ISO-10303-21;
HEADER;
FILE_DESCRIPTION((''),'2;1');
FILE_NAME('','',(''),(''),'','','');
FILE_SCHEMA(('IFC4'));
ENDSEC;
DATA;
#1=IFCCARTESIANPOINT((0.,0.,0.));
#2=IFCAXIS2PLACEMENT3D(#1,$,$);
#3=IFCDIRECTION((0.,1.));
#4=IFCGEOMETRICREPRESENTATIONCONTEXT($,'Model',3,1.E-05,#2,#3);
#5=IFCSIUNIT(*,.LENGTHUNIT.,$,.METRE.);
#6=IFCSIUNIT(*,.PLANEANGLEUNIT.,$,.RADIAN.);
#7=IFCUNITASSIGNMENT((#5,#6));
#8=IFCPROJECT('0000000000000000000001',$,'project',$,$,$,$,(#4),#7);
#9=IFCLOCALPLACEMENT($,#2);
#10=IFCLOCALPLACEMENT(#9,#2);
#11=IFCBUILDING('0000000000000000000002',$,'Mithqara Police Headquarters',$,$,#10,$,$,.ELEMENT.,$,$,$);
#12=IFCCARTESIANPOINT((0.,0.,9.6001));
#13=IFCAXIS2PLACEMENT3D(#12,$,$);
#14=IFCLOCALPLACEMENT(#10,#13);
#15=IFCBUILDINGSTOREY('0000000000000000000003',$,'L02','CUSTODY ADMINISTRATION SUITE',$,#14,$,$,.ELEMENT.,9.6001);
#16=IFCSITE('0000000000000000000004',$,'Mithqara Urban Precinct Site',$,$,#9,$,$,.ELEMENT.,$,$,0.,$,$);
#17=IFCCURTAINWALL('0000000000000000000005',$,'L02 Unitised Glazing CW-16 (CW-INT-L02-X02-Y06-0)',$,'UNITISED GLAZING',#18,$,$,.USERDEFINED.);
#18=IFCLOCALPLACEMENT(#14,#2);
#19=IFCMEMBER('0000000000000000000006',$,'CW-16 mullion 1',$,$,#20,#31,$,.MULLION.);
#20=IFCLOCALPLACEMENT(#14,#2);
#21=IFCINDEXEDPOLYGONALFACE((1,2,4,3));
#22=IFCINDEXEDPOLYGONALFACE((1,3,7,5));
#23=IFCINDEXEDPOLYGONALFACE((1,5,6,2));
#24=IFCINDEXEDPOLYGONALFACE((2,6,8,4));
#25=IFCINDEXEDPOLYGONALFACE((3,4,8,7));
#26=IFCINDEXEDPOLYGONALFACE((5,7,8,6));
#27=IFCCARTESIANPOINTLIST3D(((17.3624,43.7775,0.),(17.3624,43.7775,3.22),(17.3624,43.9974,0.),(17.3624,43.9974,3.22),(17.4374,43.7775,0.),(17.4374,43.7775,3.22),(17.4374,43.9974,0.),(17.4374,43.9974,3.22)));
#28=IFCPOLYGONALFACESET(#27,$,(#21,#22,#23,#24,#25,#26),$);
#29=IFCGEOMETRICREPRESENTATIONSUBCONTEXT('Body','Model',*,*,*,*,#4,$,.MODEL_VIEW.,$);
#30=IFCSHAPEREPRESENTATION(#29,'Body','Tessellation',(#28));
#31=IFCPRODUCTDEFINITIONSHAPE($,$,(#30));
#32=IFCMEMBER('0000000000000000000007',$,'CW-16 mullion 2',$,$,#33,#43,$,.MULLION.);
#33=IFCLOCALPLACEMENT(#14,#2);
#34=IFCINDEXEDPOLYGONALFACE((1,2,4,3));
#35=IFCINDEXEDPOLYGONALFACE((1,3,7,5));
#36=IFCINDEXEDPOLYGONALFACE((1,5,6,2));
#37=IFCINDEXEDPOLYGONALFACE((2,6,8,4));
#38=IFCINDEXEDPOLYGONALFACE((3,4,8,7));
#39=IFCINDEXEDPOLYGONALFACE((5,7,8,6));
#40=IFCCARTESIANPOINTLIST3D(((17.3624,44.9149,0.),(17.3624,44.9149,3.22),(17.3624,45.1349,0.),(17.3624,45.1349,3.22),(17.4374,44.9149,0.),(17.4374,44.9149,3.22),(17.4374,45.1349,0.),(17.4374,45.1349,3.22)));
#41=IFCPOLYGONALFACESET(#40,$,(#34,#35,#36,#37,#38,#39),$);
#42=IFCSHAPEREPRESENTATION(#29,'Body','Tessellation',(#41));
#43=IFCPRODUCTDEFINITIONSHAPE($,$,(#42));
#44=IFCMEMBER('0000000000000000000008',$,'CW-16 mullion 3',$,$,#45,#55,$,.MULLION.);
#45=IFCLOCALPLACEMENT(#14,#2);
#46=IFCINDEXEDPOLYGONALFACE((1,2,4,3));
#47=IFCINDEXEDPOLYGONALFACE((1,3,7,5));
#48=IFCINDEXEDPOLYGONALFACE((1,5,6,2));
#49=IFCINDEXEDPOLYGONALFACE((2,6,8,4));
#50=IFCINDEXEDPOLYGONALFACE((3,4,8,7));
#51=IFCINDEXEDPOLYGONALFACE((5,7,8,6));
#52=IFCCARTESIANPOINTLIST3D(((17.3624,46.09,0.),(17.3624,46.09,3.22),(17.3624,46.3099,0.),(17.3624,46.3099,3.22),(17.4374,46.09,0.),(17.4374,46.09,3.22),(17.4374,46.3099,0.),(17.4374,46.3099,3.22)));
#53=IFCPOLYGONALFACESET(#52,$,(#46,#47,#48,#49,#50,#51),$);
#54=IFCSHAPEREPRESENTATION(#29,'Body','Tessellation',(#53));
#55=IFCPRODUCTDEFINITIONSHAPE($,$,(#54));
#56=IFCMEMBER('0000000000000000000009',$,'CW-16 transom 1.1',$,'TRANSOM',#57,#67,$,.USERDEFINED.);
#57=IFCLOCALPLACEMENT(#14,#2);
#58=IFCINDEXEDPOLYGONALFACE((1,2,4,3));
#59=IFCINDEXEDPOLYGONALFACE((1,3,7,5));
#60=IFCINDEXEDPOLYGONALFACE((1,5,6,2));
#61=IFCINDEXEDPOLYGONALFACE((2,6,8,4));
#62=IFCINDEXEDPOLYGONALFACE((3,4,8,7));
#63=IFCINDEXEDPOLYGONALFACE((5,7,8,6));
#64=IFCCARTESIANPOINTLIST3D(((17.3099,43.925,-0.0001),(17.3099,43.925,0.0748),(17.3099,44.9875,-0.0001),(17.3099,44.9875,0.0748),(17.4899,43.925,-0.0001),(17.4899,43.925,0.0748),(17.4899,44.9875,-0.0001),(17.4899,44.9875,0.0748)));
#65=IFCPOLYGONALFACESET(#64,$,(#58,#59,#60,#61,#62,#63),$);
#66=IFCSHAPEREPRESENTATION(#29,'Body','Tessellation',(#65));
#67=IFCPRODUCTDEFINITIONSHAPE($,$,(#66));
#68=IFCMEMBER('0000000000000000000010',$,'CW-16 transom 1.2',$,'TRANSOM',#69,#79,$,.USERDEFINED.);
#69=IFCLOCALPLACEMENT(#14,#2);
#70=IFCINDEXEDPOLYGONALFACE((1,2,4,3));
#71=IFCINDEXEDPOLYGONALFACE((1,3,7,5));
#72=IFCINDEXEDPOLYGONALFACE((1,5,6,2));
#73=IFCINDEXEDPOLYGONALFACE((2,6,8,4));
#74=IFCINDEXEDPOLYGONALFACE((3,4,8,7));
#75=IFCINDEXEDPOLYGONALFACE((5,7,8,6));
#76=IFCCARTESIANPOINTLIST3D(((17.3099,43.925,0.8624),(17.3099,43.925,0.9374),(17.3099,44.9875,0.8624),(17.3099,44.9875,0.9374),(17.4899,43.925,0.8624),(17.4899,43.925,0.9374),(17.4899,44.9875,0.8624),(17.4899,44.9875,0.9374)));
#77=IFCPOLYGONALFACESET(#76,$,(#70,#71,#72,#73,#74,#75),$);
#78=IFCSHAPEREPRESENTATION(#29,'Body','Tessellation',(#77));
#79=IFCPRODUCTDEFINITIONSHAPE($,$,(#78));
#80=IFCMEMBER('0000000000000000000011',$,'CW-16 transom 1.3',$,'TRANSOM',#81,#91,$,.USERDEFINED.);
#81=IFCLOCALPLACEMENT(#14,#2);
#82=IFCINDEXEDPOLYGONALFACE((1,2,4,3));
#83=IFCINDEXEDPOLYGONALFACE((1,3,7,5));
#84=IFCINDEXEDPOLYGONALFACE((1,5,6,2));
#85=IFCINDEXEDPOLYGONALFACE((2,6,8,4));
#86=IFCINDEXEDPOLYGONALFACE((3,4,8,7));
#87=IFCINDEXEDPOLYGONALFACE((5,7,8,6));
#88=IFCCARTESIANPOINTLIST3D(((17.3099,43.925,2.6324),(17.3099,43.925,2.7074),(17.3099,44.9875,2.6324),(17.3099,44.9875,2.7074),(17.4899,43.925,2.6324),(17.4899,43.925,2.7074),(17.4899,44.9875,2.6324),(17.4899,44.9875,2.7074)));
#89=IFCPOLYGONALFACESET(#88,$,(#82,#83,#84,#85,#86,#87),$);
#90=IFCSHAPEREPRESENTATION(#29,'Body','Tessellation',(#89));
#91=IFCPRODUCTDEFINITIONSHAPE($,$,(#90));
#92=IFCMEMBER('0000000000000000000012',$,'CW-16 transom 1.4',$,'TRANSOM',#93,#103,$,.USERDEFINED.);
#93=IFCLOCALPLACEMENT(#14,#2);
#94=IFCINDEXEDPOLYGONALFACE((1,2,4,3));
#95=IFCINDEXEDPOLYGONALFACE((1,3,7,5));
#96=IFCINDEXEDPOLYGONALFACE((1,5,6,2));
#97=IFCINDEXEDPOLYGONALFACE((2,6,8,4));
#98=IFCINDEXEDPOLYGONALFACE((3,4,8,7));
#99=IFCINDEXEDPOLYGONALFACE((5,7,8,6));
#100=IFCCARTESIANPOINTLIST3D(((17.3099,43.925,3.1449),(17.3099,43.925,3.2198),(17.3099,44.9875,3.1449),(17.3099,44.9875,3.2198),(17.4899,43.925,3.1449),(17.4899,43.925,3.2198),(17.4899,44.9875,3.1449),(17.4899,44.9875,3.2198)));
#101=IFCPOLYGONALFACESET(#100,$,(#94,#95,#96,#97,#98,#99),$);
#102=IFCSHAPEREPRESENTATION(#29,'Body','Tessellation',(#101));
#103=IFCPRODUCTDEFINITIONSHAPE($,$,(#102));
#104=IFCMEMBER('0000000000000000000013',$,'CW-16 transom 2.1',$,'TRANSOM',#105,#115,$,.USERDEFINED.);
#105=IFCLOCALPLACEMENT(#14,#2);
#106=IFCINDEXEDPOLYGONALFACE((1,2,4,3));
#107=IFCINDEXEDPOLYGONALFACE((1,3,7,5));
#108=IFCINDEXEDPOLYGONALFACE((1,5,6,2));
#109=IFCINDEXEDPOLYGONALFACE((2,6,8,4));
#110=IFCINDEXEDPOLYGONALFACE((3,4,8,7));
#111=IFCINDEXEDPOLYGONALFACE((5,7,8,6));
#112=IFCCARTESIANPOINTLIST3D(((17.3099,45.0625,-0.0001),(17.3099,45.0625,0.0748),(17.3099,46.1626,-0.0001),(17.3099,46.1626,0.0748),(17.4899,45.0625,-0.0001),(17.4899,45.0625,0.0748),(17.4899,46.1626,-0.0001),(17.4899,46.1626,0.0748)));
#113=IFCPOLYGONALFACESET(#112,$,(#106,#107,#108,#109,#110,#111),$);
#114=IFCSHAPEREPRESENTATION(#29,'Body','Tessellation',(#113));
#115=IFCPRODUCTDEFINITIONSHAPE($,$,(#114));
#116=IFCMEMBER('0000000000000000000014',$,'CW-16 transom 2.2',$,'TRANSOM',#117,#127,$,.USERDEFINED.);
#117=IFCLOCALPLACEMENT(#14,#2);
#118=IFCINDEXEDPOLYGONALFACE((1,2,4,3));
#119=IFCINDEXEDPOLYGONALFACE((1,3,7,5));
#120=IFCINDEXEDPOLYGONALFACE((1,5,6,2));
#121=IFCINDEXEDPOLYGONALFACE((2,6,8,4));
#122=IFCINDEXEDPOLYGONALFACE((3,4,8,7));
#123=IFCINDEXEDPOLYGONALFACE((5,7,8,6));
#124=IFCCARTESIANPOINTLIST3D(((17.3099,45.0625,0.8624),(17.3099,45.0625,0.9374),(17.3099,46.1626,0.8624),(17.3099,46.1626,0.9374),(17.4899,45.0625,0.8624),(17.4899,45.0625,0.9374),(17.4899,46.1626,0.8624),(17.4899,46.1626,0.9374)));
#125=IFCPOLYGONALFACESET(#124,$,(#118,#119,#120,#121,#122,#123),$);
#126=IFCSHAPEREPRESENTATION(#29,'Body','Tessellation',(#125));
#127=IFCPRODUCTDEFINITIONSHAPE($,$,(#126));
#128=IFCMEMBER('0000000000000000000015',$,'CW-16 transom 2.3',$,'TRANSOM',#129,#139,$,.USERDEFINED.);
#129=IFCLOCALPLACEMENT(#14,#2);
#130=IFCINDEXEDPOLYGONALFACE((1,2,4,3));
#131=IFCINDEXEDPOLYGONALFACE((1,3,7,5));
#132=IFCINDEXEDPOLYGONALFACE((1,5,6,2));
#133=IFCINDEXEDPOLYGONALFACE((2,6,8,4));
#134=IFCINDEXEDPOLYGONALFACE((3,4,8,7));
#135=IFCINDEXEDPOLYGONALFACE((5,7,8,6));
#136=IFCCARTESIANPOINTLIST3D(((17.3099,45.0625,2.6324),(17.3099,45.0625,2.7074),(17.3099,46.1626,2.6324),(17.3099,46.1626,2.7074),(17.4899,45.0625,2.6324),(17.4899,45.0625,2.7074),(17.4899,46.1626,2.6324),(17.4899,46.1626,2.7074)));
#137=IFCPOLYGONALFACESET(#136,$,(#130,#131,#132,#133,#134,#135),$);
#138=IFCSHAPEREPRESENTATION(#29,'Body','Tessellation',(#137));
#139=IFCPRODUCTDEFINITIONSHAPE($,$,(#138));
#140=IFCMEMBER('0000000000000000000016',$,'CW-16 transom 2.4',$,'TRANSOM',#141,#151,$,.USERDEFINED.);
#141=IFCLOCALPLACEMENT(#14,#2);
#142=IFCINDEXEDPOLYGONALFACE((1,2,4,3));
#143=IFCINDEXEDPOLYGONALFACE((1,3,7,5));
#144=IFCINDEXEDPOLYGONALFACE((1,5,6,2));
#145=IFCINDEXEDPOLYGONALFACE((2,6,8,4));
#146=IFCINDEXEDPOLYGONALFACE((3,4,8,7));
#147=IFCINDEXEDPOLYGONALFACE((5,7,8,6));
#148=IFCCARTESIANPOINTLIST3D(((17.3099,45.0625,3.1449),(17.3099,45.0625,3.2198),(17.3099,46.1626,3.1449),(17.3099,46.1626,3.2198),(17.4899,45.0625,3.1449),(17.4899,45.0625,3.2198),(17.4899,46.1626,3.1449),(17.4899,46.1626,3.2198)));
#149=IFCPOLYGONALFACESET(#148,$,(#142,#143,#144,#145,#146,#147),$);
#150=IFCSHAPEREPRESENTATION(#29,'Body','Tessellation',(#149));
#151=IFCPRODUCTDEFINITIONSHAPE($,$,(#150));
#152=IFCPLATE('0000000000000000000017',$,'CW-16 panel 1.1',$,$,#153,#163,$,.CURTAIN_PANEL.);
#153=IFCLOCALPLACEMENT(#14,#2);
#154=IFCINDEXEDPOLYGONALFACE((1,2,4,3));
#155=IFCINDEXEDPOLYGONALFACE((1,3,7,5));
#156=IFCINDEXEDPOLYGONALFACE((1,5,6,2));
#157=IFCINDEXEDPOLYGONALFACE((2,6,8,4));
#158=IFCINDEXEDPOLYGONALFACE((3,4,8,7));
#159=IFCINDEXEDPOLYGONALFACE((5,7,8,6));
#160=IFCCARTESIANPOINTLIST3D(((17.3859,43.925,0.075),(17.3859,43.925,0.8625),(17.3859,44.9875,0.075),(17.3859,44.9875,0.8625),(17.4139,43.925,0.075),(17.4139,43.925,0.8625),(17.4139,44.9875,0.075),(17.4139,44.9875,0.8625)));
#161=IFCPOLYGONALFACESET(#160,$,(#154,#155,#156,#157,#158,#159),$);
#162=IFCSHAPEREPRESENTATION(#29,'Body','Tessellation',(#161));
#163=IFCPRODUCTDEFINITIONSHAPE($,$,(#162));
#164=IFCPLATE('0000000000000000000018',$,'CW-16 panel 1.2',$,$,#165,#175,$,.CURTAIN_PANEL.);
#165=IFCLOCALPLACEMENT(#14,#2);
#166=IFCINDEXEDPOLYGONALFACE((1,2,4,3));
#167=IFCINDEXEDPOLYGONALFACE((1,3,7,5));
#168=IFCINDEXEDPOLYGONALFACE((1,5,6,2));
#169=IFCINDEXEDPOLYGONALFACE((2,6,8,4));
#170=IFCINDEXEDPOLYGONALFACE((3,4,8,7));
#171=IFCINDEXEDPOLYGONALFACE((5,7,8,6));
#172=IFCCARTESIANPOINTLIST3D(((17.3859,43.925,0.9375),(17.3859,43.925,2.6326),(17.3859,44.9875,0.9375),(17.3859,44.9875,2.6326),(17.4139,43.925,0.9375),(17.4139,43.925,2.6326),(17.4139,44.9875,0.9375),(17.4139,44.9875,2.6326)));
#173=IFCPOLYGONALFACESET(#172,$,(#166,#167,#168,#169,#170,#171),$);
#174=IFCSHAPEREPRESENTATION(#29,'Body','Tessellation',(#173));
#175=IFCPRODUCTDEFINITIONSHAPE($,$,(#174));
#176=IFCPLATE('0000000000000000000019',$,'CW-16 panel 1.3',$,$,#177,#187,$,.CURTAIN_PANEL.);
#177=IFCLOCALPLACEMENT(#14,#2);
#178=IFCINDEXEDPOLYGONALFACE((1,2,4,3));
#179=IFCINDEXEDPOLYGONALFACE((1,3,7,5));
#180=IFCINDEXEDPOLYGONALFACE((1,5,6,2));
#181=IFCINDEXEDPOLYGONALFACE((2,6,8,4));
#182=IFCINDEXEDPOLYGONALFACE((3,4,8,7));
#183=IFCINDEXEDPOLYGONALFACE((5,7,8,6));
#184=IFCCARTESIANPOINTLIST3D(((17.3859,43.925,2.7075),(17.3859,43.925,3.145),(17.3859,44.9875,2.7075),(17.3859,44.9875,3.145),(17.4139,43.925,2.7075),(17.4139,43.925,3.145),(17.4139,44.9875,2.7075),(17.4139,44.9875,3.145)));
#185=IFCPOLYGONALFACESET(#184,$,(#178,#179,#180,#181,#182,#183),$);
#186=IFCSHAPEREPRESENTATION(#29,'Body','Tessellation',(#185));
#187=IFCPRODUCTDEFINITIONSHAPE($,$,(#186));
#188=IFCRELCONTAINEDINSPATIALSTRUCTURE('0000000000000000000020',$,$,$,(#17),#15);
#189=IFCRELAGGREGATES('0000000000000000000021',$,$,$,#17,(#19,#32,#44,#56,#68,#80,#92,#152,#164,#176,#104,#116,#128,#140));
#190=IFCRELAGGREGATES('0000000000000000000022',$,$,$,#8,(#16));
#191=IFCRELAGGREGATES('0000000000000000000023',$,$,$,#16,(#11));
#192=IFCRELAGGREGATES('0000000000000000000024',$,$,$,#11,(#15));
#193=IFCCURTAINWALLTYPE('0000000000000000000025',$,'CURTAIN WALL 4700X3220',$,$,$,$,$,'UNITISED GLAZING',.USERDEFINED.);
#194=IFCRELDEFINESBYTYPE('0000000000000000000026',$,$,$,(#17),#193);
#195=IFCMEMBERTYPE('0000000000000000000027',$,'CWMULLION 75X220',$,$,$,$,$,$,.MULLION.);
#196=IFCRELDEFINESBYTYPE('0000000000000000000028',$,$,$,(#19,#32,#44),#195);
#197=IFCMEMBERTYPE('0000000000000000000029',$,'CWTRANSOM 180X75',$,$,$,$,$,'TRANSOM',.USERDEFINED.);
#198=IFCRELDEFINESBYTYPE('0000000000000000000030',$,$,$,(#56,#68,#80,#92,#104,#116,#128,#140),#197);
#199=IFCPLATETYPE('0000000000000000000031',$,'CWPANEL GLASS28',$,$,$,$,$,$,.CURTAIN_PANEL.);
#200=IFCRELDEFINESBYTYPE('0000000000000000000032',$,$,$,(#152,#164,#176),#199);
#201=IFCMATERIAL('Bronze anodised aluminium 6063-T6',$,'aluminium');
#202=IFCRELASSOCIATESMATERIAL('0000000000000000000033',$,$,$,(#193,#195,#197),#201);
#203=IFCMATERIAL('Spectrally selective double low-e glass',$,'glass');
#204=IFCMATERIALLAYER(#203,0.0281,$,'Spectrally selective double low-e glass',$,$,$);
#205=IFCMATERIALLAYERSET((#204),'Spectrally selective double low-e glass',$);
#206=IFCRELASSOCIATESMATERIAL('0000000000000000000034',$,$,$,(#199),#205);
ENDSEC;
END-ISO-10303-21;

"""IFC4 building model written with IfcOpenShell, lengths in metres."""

from ifc_helpers import new_model, si_unit, direction, frame, origin, origin_2d, place, context, subcontext, project, spatial, rectangle, extrude, material, layer, layer_set, material_profile, profile_set, type_object, element, aggregate, save


model = new_model("IFC4")

# Units and contexts
model_context = context("Model", 3, precision=1e-05, world=origin(), true_north=direction((0.0, 1.0)))
body_context = subcontext(model_context, "Body", "Model", "MODEL_VIEW")
ifc_project = project(units=[si_unit("LENGTHUNIT", "METRE"), si_unit("PLANEANGLEUNIT", "RADIAN")], contexts=[model_context])

# Site, building, storey
site_placement = place(None, origin())
site = spatial("IfcSite", under=ifc_project, at=site_placement, Name="Mithqara Urban Precinct Site", CompositionType="ELEMENT", RefElevation=0.0)
building_placement = place(site_placement, origin())
building = spatial("IfcBuilding", under=site, at=building_placement, Name="Mithqara Police Headquarters", CompositionType="ELEMENT")
storey_placement = place(building_placement, frame((0.0, 0.0, 9.6001)))
storey = spatial("IfcBuildingStorey", under=building, at=storey_placement, Name="L02", Description="CUSTODY ADMINISTRATION SUITE", CompositionType="ELEMENT", Elevation=9.6001)

# Curtain wall, members, plates
ifc_material_1 = material(Name="Bronze anodised aluminium 6063-T6", Category="aluminium")
curtain_wall_type = type_object("IfcCurtainWallType", Name="CURTAIN WALL 4700X3220", ElementType="UNITISED GLAZING", PredefinedType="USERDEFINED", material=ifc_material_1)
curtain_wall_placement = place(storey_placement, origin())
curtain_wall = element("IfcCurtainWall", 1, at=curtain_wall_placement, inside=storey, type_object=curtain_wall_type, Name="L02 Unitised Glazing CW-16 (CW-INT-L02-X02-Y06-0)", ObjectType="UNITISED GLAZING", PredefinedType="USERDEFINED")
ifc_material_profile_1 = material_profile(ifc_material_1, rectangle(XDim=0.075, YDim=0.22, at=origin_2d()), Name="CWM 75x220")
ifc_profile_set_1 = profile_set([ifc_material_profile_1], Name="Bronze anodised aluminium 6063-T6")
member_type_1 = type_object("IfcMemberType", Name="CWMULLION 75X220", PredefinedType="MULLION", material=ifc_profile_set_1)
member_1_placement = place(storey_placement, frame((17.3999, 43.8875, 0.0), z_axis=(0.0, 0.0, 1.0), x_axis=(-1.0, 0.0, 0.0)))
member_1 = element("IfcMember", 2, at=member_1_placement, type_object=member_type_1, Name="CW-16 mullion 1", PredefinedType="MULLION", context=body_context, shape_type="SweptSolid", body=[
    extrude(rectangle(XDim=0.075, YDim=0.22, at=origin_2d()), origin(), (0.0, 0.0, 1.0), 3.22),
])
member_2_placement = place(storey_placement, frame((17.3999, 45.0249, 0.0), z_axis=(0.0, 0.0, 1.0), x_axis=(-1.0, 0.0, 0.0)))
member_2 = element("IfcMember", 3, at=member_2_placement, type_object=member_type_1, Name="CW-16 mullion 2", PredefinedType="MULLION", context=body_context, shape_type="SweptSolid", body=[
    extrude(rectangle(XDim=0.075, YDim=0.22, at=origin_2d()), origin(), (0.0, 0.0, 1.0), 3.22),
])
member_3_placement = place(storey_placement, frame((17.3999, 46.2, 0.0), z_axis=(0.0, 0.0, 1.0), x_axis=(-1.0, 0.0, 0.0)))
member_3 = element("IfcMember", 4, at=member_3_placement, type_object=member_type_1, Name="CW-16 mullion 3", PredefinedType="MULLION", context=body_context, shape_type="SweptSolid", body=[
    extrude(rectangle(XDim=0.075, YDim=0.22, at=origin_2d()), origin(), (0.0, 0.0, 1.0), 3.22),
])
ifc_material_profile_2 = material_profile(ifc_material_1, rectangle(XDim=0.1799, YDim=0.075, at=origin_2d()), Name="CWT 180x75")
ifc_profile_set_2 = profile_set([ifc_material_profile_2], Name="Bronze anodised aluminium 6063-T6")
member_type_2 = type_object("IfcMemberType", Name="CWTRANSOM 180X75", ElementType="TRANSOM", PredefinedType="USERDEFINED", material=ifc_profile_set_2)
member_4_placement = place(storey_placement, frame((17.3999, 43.925, 0.0374), z_axis=(0.0, 1.0, 0.0), x_axis=(-1.0, 0.0, 0.0)))
member_4 = element("IfcMember", 5, at=member_4_placement, type_object=member_type_2, Name="CW-16 transom 1.1", ObjectType="TRANSOM", PredefinedType="USERDEFINED", context=body_context, shape_type="SweptSolid", body=[
    extrude(rectangle(XDim=0.1799, YDim=0.075, at=origin_2d()), origin(), (0.0, 0.0, 1.0), 1.0625),
])
member_5_placement = place(storey_placement, frame((17.3999, 43.925, 0.8999), z_axis=(0.0, 1.0, 0.0), x_axis=(-1.0, 0.0, 0.0)))
member_5 = element("IfcMember", 6, at=member_5_placement, type_object=member_type_2, Name="CW-16 transom 1.2", ObjectType="TRANSOM", PredefinedType="USERDEFINED", context=body_context, shape_type="SweptSolid", body=[
    extrude(rectangle(XDim=0.1799, YDim=0.075, at=origin_2d()), origin(), (0.0, 0.0, 1.0), 1.0625),
])
member_6_placement = place(storey_placement, frame((17.3999, 43.925, 2.6699), z_axis=(0.0, 1.0, 0.0), x_axis=(-1.0, 0.0, 0.0)))
member_6 = element("IfcMember", 7, at=member_6_placement, type_object=member_type_2, Name="CW-16 transom 1.3", ObjectType="TRANSOM", PredefinedType="USERDEFINED", context=body_context, shape_type="SweptSolid", body=[
    extrude(rectangle(XDim=0.1799, YDim=0.075, at=origin_2d()), origin(), (0.0, 0.0, 1.0), 1.0625),
])
member_7_placement = place(storey_placement, frame((17.3999, 43.925, 3.1824), z_axis=(0.0, 1.0, 0.0), x_axis=(-1.0, 0.0, 0.0)))
member_7 = element("IfcMember", 8, at=member_7_placement, type_object=member_type_2, Name="CW-16 transom 1.4", ObjectType="TRANSOM", PredefinedType="USERDEFINED", context=body_context, shape_type="SweptSolid", body=[
    extrude(rectangle(XDim=0.1799, YDim=0.075, at=origin_2d()), origin(), (0.0, 0.0, 1.0), 1.0625),
])
member_8_placement = place(storey_placement, frame((17.3999, 45.0625, 0.0374), z_axis=(0.0, 1.0, 0.0), x_axis=(-1.0, 0.0, 0.0)))
member_8 = element("IfcMember", 9, at=member_8_placement, type_object=member_type_2, Name="CW-16 transom 2.1", ObjectType="TRANSOM", PredefinedType="USERDEFINED", context=body_context, shape_type="SweptSolid", body=[
    extrude(rectangle(XDim=0.1799, YDim=0.075, at=origin_2d()), origin(), (0.0, 0.0, 1.0), 1.1001),
])
member_9_placement = place(storey_placement, frame((17.3999, 45.0625, 0.8999), z_axis=(0.0, 1.0, 0.0), x_axis=(-1.0, 0.0, 0.0)))
member_9 = element("IfcMember", 10, at=member_9_placement, type_object=member_type_2, Name="CW-16 transom 2.2", ObjectType="TRANSOM", PredefinedType="USERDEFINED", context=body_context, shape_type="SweptSolid", body=[
    extrude(rectangle(XDim=0.1799, YDim=0.075, at=origin_2d()), origin(), (0.0, 0.0, 1.0), 1.1001),
])
member_10_placement = place(storey_placement, frame((17.3999, 45.0625, 2.6699), z_axis=(0.0, 1.0, 0.0), x_axis=(-1.0, 0.0, 0.0)))
member_10 = element("IfcMember", 11, at=member_10_placement, type_object=member_type_2, Name="CW-16 transom 2.3", ObjectType="TRANSOM", PredefinedType="USERDEFINED", context=body_context, shape_type="SweptSolid", body=[
    extrude(rectangle(XDim=0.1799, YDim=0.075, at=origin_2d()), origin(), (0.0, 0.0, 1.0), 1.1001),
])
member_11_placement = place(storey_placement, frame((17.3999, 45.0625, 3.1824), z_axis=(0.0, 1.0, 0.0), x_axis=(-1.0, 0.0, 0.0)))
member_11 = element("IfcMember", 12, at=member_11_placement, type_object=member_type_2, Name="CW-16 transom 2.4", ObjectType="TRANSOM", PredefinedType="USERDEFINED", context=body_context, shape_type="SweptSolid", body=[
    extrude(rectangle(XDim=0.1799, YDim=0.075, at=origin_2d()), origin(), (0.0, 0.0, 1.0), 1.1001),
])
ifc_material_2 = material(Name="Spectrally selective double low-e glass", Category="glass")
ifc_layer_1 = layer(ifc_material_2, 0.0281, Name="Spectrally selective double low-e glass")
ifc_layer_set_1 = layer_set([ifc_layer_1], Name="Spectrally selective double low-e glass")
plate_type = type_object("IfcPlateType", Name="CWPANEL GLASS28", PredefinedType="CURTAIN_PANEL", material=ifc_layer_set_1)
plate_1_placement = place(storey_placement, frame((17.3999, 44.4563, 0.075), z_axis=(0.0, 0.0, 1.0), x_axis=(0.0, 1.0, 0.0)))
plate_1 = element("IfcPlate", 13, at=plate_1_placement, type_object=plate_type, Name="CW-16 panel 1.1", PredefinedType="CURTAIN_PANEL", context=body_context, shape_type="SweptSolid", body=[
    extrude(rectangle(XDim=1.0625, YDim=0.0281, at=origin_2d()), origin(), (0.0, 0.0, 1.0), 0.7876),
])
plate_2_placement = place(storey_placement, frame((17.3999, 44.4563, 0.9375), z_axis=(0.0, 0.0, 1.0), x_axis=(0.0, 1.0, 0.0)))
plate_2 = element("IfcPlate", 14, at=plate_2_placement, type_object=plate_type, Name="CW-16 panel 1.2", PredefinedType="CURTAIN_PANEL", context=body_context, shape_type="SweptSolid", body=[
    extrude(rectangle(XDim=1.0625, YDim=0.0281, at=origin_2d()), origin(), (0.0, 0.0, 1.0), 1.6951),
])
plate_3_placement = place(storey_placement, frame((17.3999, 44.4563, 2.7075), z_axis=(0.0, 0.0, 1.0), x_axis=(0.0, 1.0, 0.0)))
plate_3 = element("IfcPlate", 15, at=plate_3_placement, type_object=plate_type, Name="CW-16 panel 1.3", PredefinedType="CURTAIN_PANEL", context=body_context, shape_type="SweptSolid", body=[
    extrude(rectangle(XDim=1.0625, YDim=0.0281, at=origin_2d()), origin(), (0.0, 0.0, 1.0), 0.4375),
])
aggregate(curtain_wall, [member_1, member_2, member_3, member_4, member_5, member_6, member_7, plate_1, plate_2, plate_3, member_8, member_9, member_10, member_11])

save(model, "model.ifc")
